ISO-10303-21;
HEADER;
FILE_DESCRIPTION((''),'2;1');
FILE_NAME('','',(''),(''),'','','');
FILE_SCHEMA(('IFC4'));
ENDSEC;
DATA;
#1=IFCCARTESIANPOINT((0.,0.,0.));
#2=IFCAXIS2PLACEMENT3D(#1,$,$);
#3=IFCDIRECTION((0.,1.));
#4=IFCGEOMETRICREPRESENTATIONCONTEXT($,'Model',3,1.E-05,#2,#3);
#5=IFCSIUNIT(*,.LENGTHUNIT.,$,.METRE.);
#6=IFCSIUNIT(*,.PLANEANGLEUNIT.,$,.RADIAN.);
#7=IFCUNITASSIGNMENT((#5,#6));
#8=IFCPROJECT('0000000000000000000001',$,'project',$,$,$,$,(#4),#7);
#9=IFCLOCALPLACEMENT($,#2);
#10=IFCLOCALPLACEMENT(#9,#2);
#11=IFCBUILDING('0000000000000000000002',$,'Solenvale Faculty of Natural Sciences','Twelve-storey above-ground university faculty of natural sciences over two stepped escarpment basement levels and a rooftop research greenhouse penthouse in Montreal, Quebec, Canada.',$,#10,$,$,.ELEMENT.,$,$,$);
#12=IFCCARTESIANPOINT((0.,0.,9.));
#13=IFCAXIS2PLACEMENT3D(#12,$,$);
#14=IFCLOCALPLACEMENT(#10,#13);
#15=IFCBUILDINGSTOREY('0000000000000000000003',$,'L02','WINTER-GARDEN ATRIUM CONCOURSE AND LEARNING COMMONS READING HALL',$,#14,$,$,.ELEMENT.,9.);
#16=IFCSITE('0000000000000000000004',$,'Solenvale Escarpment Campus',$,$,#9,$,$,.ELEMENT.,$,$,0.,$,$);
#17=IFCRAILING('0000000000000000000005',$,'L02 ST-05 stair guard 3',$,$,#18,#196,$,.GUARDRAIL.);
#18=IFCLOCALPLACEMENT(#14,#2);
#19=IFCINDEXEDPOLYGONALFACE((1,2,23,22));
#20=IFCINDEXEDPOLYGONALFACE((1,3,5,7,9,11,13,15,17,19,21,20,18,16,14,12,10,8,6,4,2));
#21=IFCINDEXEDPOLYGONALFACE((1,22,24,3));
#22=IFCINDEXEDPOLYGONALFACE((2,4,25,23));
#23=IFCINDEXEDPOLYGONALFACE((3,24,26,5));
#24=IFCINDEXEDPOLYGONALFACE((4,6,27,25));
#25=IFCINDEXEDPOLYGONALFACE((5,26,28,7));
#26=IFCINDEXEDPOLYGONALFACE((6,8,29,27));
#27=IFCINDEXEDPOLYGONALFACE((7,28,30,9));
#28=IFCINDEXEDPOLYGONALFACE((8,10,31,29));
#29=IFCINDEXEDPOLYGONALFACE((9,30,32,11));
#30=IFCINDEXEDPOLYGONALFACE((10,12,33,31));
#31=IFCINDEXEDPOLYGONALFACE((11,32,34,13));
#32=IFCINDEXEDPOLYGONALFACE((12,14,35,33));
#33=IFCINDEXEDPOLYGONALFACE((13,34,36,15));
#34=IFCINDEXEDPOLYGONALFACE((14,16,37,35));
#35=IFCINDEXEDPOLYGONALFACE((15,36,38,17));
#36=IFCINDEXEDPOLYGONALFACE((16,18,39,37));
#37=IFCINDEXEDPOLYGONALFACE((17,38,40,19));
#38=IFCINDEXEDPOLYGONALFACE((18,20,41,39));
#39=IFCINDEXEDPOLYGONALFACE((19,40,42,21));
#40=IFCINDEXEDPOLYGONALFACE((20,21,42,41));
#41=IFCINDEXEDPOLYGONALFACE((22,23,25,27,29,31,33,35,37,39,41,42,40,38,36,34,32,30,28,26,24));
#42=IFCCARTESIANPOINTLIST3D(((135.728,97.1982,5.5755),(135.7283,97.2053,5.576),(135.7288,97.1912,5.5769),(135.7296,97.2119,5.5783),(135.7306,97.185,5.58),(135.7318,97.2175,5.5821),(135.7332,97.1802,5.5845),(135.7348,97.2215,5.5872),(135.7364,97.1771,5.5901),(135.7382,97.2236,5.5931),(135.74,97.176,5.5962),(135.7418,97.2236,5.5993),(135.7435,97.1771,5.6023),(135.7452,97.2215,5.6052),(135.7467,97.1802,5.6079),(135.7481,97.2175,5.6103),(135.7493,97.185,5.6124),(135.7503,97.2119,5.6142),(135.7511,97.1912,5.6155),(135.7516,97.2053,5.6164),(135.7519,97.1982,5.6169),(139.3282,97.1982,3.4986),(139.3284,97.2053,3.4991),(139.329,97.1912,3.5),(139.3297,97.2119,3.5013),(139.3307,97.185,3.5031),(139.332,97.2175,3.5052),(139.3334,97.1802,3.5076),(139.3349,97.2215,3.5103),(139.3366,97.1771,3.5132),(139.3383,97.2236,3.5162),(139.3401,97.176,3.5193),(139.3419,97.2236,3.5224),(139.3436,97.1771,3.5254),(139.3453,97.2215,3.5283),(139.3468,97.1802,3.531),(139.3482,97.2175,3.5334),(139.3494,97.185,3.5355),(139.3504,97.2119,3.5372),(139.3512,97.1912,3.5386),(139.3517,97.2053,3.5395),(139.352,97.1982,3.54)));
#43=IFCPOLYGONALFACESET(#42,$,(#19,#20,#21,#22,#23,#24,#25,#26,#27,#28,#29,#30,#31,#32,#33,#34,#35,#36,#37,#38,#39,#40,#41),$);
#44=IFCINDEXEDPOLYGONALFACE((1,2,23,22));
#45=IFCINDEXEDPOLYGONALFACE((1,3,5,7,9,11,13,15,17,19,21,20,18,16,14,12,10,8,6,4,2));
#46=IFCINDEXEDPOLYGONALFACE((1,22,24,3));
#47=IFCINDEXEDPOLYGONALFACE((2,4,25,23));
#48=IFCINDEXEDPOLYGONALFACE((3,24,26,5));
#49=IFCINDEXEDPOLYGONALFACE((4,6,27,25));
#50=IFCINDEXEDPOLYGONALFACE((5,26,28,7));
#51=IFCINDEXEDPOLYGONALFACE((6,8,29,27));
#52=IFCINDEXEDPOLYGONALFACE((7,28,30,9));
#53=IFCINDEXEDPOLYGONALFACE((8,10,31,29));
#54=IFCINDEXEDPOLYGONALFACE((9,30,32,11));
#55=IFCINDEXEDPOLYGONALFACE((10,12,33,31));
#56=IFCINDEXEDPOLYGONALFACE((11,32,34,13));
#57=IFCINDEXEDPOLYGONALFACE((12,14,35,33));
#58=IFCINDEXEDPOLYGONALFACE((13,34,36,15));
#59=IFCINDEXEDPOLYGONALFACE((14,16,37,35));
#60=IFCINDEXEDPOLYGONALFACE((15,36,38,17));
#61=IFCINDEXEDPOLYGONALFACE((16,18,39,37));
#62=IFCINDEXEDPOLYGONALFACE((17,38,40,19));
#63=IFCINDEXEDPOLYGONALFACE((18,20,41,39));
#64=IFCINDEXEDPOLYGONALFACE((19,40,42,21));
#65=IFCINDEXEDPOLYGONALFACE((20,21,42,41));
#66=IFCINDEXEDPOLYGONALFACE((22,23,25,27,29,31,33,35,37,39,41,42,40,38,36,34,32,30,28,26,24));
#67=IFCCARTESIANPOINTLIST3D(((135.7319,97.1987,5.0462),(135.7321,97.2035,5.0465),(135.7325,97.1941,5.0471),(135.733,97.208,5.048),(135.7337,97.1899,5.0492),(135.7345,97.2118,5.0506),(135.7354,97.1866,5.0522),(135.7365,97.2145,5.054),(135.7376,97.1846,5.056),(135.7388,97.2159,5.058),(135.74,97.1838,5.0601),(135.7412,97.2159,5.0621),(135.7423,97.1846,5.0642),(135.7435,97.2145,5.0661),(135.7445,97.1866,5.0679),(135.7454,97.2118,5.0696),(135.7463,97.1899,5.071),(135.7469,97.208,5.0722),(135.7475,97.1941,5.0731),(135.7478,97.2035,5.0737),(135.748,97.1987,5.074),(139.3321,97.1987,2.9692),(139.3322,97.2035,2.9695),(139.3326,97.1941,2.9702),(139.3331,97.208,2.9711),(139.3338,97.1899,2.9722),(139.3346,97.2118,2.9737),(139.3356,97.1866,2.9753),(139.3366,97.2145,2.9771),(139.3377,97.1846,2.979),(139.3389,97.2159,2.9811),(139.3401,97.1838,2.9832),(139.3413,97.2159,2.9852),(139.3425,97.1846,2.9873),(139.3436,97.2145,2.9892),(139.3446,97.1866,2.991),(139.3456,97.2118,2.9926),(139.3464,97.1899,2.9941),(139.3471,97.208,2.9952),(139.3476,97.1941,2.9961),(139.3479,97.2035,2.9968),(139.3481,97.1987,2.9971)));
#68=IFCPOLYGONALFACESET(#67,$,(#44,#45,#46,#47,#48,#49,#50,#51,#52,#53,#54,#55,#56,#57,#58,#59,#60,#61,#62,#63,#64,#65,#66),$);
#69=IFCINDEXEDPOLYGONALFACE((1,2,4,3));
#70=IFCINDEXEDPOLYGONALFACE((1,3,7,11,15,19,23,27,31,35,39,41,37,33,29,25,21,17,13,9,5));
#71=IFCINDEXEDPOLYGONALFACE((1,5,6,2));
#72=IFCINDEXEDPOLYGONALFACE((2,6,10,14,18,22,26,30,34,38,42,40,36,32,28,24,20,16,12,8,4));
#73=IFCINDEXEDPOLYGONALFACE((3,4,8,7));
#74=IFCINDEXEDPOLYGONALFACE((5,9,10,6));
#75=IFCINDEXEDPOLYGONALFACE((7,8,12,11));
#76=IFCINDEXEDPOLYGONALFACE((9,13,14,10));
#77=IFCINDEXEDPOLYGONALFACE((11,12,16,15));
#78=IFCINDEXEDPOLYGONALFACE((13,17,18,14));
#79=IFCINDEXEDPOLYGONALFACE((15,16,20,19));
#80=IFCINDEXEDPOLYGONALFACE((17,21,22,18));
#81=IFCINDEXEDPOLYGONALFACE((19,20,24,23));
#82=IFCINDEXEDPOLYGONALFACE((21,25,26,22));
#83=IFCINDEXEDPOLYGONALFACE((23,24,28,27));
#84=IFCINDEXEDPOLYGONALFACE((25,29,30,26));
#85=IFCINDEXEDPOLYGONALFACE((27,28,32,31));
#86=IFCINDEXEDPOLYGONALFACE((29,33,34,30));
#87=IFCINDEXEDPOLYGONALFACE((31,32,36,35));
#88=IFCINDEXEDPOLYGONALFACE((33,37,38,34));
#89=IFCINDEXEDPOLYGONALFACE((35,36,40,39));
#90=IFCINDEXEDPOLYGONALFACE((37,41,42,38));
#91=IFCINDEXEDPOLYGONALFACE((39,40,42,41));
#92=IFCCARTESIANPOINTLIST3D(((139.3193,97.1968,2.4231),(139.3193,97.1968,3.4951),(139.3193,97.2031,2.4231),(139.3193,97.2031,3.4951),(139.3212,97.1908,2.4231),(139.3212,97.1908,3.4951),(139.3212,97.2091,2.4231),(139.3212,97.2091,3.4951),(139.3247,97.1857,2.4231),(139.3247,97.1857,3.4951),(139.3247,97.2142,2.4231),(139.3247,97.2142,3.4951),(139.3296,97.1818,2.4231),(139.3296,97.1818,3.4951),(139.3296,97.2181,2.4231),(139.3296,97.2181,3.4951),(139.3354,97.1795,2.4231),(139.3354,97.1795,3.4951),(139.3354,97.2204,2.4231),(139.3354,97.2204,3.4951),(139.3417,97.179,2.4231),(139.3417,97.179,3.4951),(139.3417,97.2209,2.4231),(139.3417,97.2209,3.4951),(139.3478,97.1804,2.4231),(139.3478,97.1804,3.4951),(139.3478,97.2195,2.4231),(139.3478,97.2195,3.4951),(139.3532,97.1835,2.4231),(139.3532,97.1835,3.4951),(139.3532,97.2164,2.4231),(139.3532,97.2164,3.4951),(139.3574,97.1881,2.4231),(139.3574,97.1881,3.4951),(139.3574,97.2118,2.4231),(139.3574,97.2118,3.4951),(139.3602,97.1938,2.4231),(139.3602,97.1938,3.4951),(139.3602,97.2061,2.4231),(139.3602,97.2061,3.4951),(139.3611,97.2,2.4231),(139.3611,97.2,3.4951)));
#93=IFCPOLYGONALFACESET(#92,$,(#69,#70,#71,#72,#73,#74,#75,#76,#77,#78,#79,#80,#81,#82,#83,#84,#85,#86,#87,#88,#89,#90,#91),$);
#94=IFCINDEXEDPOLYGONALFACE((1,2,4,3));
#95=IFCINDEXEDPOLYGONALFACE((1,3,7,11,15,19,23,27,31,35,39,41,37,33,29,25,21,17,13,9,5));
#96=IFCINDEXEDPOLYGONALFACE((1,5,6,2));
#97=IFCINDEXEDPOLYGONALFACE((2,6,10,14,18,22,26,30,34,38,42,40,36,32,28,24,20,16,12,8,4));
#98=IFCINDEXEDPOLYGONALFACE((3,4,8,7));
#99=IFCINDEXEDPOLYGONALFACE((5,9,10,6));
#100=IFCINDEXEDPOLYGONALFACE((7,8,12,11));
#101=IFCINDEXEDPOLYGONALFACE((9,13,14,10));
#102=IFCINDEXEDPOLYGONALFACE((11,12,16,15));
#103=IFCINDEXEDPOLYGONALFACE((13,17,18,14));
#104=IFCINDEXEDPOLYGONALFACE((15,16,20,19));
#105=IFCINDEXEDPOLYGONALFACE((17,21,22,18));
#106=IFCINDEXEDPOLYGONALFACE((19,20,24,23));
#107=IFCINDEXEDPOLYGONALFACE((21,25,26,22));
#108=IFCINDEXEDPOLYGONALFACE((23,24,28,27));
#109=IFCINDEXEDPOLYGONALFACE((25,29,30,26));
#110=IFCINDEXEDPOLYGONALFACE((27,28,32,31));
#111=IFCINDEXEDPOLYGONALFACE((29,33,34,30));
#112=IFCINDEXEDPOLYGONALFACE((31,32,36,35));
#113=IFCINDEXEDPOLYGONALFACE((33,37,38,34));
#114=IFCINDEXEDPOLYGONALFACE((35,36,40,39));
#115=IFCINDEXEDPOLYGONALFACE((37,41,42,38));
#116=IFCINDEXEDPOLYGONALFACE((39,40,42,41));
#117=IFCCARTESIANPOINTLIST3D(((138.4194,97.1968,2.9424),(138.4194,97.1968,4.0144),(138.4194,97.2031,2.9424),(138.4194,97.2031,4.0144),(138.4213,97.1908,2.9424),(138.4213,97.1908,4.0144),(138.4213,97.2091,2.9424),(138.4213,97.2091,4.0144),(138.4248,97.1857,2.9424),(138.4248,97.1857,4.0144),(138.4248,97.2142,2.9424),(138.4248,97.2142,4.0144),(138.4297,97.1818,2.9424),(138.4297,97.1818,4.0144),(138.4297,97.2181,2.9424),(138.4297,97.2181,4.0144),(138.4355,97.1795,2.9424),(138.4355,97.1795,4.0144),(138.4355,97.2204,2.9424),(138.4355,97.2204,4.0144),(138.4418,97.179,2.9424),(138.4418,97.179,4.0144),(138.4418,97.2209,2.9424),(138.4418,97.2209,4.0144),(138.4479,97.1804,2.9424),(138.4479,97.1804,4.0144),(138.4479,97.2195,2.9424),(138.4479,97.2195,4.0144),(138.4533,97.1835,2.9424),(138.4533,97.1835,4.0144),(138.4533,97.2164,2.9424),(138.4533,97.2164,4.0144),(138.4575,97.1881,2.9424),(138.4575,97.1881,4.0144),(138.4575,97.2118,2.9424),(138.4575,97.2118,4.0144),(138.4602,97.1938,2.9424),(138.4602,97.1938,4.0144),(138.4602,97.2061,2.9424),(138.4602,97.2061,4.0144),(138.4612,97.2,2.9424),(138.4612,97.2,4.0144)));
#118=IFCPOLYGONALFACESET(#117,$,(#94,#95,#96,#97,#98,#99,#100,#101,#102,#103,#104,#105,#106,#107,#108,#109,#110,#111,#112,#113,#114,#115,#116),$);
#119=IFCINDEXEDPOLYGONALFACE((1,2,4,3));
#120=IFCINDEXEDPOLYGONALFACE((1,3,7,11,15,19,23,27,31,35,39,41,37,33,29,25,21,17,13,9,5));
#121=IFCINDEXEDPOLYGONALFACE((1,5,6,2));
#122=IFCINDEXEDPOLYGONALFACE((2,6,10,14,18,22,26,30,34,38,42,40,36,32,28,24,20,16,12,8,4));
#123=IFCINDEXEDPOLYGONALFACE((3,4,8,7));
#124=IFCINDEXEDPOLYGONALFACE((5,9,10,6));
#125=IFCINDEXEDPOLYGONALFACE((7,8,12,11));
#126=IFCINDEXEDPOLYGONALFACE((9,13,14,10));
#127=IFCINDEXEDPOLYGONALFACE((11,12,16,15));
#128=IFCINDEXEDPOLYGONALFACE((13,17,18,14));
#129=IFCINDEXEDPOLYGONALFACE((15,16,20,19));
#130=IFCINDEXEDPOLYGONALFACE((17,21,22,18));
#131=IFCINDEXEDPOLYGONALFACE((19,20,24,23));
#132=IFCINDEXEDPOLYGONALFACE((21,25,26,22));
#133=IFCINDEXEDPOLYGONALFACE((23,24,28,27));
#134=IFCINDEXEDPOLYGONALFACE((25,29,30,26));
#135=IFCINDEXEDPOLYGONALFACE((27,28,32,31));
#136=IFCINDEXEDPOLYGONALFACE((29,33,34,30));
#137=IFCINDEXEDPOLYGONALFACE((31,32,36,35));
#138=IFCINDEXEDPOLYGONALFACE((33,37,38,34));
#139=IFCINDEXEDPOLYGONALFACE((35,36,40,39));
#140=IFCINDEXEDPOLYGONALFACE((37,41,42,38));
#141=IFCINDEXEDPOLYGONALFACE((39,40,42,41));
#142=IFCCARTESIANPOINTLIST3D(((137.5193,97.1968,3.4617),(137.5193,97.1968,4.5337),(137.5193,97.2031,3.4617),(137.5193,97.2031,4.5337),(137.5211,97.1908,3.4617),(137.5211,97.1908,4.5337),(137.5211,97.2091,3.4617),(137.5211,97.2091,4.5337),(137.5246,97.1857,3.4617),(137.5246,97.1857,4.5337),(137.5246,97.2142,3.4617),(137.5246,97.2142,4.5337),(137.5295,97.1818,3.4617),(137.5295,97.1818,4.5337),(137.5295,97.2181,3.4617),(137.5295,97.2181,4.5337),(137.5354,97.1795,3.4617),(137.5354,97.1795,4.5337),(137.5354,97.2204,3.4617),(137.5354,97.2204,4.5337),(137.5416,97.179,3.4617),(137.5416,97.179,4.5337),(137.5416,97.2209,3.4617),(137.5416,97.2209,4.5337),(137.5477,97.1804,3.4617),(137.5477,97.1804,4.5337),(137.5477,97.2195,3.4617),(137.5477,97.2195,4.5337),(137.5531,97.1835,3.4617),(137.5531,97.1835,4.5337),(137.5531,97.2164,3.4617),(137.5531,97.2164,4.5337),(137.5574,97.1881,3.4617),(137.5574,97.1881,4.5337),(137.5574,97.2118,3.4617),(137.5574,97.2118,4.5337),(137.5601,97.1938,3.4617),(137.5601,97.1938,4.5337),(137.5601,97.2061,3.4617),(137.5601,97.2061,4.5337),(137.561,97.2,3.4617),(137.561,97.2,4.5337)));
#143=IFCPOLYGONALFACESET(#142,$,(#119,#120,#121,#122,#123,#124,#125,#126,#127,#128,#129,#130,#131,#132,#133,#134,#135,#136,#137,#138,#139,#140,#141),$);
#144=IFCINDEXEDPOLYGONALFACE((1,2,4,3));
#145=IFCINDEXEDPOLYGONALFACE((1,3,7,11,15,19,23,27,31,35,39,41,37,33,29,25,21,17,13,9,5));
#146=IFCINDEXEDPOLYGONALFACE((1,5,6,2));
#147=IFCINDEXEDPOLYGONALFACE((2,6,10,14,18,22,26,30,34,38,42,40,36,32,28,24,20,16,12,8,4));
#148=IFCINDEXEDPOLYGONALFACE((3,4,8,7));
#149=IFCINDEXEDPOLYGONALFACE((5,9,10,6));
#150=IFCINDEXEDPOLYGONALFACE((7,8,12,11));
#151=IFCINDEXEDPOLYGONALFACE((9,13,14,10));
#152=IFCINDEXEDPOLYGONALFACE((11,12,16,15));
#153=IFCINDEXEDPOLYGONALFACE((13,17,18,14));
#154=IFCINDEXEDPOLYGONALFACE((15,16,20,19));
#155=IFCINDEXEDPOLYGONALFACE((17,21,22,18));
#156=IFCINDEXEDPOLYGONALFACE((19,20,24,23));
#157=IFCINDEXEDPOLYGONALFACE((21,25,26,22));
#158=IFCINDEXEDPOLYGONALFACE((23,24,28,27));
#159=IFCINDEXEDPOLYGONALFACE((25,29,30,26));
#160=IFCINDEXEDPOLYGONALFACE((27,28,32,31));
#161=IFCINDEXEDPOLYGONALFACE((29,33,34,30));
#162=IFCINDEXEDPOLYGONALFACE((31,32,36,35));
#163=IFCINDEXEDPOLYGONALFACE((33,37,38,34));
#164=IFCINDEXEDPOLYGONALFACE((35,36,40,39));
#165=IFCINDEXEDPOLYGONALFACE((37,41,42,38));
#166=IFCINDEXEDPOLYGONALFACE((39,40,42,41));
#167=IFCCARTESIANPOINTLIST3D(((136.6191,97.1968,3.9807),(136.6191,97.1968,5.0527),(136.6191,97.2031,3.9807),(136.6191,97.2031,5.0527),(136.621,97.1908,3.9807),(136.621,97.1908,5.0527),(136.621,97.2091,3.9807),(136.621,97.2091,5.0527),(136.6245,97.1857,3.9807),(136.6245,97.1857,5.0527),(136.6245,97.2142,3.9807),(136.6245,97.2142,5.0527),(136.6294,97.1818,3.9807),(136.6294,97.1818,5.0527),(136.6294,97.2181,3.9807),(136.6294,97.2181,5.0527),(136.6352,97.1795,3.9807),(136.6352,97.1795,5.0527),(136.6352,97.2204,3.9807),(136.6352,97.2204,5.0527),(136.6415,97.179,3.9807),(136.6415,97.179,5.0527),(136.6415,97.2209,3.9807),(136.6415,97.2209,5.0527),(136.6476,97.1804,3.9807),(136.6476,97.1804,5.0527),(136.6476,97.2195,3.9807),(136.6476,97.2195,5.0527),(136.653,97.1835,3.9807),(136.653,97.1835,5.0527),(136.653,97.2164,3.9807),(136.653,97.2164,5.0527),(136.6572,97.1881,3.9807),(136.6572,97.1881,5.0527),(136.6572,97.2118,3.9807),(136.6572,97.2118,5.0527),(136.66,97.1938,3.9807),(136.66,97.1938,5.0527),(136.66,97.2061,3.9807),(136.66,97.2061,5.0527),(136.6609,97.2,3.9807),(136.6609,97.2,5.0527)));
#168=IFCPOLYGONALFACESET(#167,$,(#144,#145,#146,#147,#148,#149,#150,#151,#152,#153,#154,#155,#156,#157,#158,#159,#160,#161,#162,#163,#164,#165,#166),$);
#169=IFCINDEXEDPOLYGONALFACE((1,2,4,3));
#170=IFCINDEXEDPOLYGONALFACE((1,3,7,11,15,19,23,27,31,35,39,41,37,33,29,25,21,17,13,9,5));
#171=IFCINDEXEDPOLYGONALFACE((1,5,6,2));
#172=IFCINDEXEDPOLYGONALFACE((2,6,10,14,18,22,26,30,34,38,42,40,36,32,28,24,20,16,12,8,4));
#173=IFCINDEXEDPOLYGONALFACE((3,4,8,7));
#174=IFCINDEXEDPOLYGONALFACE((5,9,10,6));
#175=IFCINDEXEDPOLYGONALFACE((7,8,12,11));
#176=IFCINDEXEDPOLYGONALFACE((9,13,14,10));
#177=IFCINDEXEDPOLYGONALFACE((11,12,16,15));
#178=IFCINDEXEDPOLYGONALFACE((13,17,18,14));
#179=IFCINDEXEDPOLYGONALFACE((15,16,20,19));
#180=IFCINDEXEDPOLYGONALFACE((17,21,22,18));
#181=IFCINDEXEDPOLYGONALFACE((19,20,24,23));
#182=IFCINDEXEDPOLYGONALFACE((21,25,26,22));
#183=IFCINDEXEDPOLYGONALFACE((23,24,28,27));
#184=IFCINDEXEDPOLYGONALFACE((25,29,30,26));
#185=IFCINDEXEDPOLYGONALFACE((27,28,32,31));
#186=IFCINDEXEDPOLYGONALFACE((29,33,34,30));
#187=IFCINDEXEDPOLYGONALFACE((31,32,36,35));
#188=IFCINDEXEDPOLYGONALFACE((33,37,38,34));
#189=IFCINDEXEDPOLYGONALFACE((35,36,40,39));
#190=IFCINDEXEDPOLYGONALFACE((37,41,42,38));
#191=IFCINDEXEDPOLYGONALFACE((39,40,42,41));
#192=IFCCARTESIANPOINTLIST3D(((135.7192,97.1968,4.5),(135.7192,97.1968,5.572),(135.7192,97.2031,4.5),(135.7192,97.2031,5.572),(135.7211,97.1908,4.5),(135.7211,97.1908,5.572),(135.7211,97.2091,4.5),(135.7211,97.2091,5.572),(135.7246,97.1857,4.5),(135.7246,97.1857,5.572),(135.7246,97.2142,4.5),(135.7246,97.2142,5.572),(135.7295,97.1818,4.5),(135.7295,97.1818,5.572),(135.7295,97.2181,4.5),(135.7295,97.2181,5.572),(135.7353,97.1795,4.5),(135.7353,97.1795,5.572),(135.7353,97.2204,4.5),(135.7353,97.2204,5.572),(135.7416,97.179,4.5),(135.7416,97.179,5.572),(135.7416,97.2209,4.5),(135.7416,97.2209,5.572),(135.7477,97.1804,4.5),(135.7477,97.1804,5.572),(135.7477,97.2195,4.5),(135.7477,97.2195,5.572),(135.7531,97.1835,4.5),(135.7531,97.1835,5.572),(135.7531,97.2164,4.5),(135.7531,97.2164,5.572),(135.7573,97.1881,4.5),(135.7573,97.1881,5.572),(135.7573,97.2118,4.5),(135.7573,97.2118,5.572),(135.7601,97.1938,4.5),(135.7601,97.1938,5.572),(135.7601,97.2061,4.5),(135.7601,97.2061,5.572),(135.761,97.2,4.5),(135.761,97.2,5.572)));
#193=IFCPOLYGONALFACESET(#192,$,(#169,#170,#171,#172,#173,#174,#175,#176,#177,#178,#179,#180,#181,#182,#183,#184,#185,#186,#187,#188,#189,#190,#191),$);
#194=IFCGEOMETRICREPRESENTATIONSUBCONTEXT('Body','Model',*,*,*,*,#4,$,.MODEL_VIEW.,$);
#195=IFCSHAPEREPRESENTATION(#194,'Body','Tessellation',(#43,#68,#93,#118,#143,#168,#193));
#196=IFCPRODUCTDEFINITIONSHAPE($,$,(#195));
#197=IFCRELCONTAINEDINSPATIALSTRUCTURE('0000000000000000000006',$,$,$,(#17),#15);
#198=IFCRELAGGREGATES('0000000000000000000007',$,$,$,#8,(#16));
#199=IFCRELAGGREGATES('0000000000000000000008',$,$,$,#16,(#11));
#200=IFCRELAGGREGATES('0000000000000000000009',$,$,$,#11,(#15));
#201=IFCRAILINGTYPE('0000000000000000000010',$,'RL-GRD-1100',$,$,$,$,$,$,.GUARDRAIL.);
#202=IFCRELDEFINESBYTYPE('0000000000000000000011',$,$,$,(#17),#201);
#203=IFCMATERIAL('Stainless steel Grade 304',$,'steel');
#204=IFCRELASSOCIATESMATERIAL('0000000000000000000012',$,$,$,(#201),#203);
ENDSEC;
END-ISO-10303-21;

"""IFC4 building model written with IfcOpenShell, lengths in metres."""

from ifc_helpers import new_model, si_unit, direction, frame, origin, origin_2d, place, context, subcontext, project, spatial, circle, extrude, material, type_object, element, save


model = new_model("IFC4")

# Units and contexts
model_context = context("Model", 3, precision=1e-05, world=origin(), true_north=direction((0.0, 1.0)))
body_context = subcontext(model_context, "Body", "Model", "MODEL_VIEW")
ifc_project = project(units=[si_unit("LENGTHUNIT", "METRE"), si_unit("PLANEANGLEUNIT", "RADIAN")], contexts=[model_context])

# Site, building, storey
site_placement = place(None, origin())
site = spatial("IfcSite", under=ifc_project, at=site_placement, Name="Solenvale Escarpment Campus", CompositionType="ELEMENT", RefElevation=0.0)
building_placement = place(site_placement, origin())
building = spatial("IfcBuilding", under=site, at=building_placement, Name="Solenvale Faculty of Natural Sciences", Description="Twelve-storey above-ground university faculty of natural sciences over two stepped escarpment basement levels and a rooftop research greenhouse penthouse in Montreal, Quebec, Canada.", CompositionType="ELEMENT")
storey_placement = place(building_placement, frame((0.0, 0.0, 9.0)))
storey = spatial("IfcBuildingStorey", under=building, at=storey_placement, Name="L02", Description="WINTER-GARDEN ATRIUM CONCOURSE AND LEARNING COMMONS READING HALL", CompositionType="ELEMENT", Elevation=9.0)

# Shared definitions
ifc_material_1 = material(Name="Stainless steel Grade 304", Category="steel")

# Railing
railing_type_1 = type_object("IfcRailingType", Name="RL-GRD-1100", PredefinedType="GUARDRAIL", material=ifc_material_1)
railing_1_placement = place(storey_placement, frame((139.3401, 97.2, 2.4231)))
element("IfcRailing", 1, at=railing_1_placement, inside=storey, type_object=railing_type_1, Name="L02 ST-05 stair guard 3", PredefinedType="GUARDRAIL", context=body_context, shape_type="SweptSolid", body=[
    extrude(circle(Radius=0.0239, at=origin_2d()), frame((0.0, 0.0, 1.0962), z_axis=(-0.866193, 0.0, 0.499709), x_axis=(0.0, -1.0, 0.0)), (0.0, 0.0, 1.0), 4.1562),
    extrude(circle(Radius=0.0161, at=origin_2d()), frame((0.0, 0.0, 0.5601), z_axis=(-0.866193, 0.0, 0.499709), x_axis=(0.0, -1.0, 0.0)), (0.0, 0.0, 1.0), 4.1562),
    extrude(circle(Radius=0.021, at=origin_2d()), origin(), (0.0, 0.0, 1.0), 1.072),
    extrude(circle(Radius=0.021, at=origin_2d()), frame((-0.8999, 0.0, 0.5193)), (0.0, 0.0, 1.0), 1.072),
    extrude(circle(Radius=0.021, at=origin_2d()), frame((-1.8, 0.0, 1.0386)), (0.0, 0.0, 1.0), 1.072),
    extrude(circle(Radius=0.021, at=origin_2d()), frame((-2.7002, 0.0, 1.5576)), (0.0, 0.0, 1.0), 1.072),
    extrude(circle(Radius=0.021, at=origin_2d()), frame((-3.6001, 0.0, 2.0769)), (0.0, 0.0, 1.0), 1.072),
])

save(model, "model.ifc")
